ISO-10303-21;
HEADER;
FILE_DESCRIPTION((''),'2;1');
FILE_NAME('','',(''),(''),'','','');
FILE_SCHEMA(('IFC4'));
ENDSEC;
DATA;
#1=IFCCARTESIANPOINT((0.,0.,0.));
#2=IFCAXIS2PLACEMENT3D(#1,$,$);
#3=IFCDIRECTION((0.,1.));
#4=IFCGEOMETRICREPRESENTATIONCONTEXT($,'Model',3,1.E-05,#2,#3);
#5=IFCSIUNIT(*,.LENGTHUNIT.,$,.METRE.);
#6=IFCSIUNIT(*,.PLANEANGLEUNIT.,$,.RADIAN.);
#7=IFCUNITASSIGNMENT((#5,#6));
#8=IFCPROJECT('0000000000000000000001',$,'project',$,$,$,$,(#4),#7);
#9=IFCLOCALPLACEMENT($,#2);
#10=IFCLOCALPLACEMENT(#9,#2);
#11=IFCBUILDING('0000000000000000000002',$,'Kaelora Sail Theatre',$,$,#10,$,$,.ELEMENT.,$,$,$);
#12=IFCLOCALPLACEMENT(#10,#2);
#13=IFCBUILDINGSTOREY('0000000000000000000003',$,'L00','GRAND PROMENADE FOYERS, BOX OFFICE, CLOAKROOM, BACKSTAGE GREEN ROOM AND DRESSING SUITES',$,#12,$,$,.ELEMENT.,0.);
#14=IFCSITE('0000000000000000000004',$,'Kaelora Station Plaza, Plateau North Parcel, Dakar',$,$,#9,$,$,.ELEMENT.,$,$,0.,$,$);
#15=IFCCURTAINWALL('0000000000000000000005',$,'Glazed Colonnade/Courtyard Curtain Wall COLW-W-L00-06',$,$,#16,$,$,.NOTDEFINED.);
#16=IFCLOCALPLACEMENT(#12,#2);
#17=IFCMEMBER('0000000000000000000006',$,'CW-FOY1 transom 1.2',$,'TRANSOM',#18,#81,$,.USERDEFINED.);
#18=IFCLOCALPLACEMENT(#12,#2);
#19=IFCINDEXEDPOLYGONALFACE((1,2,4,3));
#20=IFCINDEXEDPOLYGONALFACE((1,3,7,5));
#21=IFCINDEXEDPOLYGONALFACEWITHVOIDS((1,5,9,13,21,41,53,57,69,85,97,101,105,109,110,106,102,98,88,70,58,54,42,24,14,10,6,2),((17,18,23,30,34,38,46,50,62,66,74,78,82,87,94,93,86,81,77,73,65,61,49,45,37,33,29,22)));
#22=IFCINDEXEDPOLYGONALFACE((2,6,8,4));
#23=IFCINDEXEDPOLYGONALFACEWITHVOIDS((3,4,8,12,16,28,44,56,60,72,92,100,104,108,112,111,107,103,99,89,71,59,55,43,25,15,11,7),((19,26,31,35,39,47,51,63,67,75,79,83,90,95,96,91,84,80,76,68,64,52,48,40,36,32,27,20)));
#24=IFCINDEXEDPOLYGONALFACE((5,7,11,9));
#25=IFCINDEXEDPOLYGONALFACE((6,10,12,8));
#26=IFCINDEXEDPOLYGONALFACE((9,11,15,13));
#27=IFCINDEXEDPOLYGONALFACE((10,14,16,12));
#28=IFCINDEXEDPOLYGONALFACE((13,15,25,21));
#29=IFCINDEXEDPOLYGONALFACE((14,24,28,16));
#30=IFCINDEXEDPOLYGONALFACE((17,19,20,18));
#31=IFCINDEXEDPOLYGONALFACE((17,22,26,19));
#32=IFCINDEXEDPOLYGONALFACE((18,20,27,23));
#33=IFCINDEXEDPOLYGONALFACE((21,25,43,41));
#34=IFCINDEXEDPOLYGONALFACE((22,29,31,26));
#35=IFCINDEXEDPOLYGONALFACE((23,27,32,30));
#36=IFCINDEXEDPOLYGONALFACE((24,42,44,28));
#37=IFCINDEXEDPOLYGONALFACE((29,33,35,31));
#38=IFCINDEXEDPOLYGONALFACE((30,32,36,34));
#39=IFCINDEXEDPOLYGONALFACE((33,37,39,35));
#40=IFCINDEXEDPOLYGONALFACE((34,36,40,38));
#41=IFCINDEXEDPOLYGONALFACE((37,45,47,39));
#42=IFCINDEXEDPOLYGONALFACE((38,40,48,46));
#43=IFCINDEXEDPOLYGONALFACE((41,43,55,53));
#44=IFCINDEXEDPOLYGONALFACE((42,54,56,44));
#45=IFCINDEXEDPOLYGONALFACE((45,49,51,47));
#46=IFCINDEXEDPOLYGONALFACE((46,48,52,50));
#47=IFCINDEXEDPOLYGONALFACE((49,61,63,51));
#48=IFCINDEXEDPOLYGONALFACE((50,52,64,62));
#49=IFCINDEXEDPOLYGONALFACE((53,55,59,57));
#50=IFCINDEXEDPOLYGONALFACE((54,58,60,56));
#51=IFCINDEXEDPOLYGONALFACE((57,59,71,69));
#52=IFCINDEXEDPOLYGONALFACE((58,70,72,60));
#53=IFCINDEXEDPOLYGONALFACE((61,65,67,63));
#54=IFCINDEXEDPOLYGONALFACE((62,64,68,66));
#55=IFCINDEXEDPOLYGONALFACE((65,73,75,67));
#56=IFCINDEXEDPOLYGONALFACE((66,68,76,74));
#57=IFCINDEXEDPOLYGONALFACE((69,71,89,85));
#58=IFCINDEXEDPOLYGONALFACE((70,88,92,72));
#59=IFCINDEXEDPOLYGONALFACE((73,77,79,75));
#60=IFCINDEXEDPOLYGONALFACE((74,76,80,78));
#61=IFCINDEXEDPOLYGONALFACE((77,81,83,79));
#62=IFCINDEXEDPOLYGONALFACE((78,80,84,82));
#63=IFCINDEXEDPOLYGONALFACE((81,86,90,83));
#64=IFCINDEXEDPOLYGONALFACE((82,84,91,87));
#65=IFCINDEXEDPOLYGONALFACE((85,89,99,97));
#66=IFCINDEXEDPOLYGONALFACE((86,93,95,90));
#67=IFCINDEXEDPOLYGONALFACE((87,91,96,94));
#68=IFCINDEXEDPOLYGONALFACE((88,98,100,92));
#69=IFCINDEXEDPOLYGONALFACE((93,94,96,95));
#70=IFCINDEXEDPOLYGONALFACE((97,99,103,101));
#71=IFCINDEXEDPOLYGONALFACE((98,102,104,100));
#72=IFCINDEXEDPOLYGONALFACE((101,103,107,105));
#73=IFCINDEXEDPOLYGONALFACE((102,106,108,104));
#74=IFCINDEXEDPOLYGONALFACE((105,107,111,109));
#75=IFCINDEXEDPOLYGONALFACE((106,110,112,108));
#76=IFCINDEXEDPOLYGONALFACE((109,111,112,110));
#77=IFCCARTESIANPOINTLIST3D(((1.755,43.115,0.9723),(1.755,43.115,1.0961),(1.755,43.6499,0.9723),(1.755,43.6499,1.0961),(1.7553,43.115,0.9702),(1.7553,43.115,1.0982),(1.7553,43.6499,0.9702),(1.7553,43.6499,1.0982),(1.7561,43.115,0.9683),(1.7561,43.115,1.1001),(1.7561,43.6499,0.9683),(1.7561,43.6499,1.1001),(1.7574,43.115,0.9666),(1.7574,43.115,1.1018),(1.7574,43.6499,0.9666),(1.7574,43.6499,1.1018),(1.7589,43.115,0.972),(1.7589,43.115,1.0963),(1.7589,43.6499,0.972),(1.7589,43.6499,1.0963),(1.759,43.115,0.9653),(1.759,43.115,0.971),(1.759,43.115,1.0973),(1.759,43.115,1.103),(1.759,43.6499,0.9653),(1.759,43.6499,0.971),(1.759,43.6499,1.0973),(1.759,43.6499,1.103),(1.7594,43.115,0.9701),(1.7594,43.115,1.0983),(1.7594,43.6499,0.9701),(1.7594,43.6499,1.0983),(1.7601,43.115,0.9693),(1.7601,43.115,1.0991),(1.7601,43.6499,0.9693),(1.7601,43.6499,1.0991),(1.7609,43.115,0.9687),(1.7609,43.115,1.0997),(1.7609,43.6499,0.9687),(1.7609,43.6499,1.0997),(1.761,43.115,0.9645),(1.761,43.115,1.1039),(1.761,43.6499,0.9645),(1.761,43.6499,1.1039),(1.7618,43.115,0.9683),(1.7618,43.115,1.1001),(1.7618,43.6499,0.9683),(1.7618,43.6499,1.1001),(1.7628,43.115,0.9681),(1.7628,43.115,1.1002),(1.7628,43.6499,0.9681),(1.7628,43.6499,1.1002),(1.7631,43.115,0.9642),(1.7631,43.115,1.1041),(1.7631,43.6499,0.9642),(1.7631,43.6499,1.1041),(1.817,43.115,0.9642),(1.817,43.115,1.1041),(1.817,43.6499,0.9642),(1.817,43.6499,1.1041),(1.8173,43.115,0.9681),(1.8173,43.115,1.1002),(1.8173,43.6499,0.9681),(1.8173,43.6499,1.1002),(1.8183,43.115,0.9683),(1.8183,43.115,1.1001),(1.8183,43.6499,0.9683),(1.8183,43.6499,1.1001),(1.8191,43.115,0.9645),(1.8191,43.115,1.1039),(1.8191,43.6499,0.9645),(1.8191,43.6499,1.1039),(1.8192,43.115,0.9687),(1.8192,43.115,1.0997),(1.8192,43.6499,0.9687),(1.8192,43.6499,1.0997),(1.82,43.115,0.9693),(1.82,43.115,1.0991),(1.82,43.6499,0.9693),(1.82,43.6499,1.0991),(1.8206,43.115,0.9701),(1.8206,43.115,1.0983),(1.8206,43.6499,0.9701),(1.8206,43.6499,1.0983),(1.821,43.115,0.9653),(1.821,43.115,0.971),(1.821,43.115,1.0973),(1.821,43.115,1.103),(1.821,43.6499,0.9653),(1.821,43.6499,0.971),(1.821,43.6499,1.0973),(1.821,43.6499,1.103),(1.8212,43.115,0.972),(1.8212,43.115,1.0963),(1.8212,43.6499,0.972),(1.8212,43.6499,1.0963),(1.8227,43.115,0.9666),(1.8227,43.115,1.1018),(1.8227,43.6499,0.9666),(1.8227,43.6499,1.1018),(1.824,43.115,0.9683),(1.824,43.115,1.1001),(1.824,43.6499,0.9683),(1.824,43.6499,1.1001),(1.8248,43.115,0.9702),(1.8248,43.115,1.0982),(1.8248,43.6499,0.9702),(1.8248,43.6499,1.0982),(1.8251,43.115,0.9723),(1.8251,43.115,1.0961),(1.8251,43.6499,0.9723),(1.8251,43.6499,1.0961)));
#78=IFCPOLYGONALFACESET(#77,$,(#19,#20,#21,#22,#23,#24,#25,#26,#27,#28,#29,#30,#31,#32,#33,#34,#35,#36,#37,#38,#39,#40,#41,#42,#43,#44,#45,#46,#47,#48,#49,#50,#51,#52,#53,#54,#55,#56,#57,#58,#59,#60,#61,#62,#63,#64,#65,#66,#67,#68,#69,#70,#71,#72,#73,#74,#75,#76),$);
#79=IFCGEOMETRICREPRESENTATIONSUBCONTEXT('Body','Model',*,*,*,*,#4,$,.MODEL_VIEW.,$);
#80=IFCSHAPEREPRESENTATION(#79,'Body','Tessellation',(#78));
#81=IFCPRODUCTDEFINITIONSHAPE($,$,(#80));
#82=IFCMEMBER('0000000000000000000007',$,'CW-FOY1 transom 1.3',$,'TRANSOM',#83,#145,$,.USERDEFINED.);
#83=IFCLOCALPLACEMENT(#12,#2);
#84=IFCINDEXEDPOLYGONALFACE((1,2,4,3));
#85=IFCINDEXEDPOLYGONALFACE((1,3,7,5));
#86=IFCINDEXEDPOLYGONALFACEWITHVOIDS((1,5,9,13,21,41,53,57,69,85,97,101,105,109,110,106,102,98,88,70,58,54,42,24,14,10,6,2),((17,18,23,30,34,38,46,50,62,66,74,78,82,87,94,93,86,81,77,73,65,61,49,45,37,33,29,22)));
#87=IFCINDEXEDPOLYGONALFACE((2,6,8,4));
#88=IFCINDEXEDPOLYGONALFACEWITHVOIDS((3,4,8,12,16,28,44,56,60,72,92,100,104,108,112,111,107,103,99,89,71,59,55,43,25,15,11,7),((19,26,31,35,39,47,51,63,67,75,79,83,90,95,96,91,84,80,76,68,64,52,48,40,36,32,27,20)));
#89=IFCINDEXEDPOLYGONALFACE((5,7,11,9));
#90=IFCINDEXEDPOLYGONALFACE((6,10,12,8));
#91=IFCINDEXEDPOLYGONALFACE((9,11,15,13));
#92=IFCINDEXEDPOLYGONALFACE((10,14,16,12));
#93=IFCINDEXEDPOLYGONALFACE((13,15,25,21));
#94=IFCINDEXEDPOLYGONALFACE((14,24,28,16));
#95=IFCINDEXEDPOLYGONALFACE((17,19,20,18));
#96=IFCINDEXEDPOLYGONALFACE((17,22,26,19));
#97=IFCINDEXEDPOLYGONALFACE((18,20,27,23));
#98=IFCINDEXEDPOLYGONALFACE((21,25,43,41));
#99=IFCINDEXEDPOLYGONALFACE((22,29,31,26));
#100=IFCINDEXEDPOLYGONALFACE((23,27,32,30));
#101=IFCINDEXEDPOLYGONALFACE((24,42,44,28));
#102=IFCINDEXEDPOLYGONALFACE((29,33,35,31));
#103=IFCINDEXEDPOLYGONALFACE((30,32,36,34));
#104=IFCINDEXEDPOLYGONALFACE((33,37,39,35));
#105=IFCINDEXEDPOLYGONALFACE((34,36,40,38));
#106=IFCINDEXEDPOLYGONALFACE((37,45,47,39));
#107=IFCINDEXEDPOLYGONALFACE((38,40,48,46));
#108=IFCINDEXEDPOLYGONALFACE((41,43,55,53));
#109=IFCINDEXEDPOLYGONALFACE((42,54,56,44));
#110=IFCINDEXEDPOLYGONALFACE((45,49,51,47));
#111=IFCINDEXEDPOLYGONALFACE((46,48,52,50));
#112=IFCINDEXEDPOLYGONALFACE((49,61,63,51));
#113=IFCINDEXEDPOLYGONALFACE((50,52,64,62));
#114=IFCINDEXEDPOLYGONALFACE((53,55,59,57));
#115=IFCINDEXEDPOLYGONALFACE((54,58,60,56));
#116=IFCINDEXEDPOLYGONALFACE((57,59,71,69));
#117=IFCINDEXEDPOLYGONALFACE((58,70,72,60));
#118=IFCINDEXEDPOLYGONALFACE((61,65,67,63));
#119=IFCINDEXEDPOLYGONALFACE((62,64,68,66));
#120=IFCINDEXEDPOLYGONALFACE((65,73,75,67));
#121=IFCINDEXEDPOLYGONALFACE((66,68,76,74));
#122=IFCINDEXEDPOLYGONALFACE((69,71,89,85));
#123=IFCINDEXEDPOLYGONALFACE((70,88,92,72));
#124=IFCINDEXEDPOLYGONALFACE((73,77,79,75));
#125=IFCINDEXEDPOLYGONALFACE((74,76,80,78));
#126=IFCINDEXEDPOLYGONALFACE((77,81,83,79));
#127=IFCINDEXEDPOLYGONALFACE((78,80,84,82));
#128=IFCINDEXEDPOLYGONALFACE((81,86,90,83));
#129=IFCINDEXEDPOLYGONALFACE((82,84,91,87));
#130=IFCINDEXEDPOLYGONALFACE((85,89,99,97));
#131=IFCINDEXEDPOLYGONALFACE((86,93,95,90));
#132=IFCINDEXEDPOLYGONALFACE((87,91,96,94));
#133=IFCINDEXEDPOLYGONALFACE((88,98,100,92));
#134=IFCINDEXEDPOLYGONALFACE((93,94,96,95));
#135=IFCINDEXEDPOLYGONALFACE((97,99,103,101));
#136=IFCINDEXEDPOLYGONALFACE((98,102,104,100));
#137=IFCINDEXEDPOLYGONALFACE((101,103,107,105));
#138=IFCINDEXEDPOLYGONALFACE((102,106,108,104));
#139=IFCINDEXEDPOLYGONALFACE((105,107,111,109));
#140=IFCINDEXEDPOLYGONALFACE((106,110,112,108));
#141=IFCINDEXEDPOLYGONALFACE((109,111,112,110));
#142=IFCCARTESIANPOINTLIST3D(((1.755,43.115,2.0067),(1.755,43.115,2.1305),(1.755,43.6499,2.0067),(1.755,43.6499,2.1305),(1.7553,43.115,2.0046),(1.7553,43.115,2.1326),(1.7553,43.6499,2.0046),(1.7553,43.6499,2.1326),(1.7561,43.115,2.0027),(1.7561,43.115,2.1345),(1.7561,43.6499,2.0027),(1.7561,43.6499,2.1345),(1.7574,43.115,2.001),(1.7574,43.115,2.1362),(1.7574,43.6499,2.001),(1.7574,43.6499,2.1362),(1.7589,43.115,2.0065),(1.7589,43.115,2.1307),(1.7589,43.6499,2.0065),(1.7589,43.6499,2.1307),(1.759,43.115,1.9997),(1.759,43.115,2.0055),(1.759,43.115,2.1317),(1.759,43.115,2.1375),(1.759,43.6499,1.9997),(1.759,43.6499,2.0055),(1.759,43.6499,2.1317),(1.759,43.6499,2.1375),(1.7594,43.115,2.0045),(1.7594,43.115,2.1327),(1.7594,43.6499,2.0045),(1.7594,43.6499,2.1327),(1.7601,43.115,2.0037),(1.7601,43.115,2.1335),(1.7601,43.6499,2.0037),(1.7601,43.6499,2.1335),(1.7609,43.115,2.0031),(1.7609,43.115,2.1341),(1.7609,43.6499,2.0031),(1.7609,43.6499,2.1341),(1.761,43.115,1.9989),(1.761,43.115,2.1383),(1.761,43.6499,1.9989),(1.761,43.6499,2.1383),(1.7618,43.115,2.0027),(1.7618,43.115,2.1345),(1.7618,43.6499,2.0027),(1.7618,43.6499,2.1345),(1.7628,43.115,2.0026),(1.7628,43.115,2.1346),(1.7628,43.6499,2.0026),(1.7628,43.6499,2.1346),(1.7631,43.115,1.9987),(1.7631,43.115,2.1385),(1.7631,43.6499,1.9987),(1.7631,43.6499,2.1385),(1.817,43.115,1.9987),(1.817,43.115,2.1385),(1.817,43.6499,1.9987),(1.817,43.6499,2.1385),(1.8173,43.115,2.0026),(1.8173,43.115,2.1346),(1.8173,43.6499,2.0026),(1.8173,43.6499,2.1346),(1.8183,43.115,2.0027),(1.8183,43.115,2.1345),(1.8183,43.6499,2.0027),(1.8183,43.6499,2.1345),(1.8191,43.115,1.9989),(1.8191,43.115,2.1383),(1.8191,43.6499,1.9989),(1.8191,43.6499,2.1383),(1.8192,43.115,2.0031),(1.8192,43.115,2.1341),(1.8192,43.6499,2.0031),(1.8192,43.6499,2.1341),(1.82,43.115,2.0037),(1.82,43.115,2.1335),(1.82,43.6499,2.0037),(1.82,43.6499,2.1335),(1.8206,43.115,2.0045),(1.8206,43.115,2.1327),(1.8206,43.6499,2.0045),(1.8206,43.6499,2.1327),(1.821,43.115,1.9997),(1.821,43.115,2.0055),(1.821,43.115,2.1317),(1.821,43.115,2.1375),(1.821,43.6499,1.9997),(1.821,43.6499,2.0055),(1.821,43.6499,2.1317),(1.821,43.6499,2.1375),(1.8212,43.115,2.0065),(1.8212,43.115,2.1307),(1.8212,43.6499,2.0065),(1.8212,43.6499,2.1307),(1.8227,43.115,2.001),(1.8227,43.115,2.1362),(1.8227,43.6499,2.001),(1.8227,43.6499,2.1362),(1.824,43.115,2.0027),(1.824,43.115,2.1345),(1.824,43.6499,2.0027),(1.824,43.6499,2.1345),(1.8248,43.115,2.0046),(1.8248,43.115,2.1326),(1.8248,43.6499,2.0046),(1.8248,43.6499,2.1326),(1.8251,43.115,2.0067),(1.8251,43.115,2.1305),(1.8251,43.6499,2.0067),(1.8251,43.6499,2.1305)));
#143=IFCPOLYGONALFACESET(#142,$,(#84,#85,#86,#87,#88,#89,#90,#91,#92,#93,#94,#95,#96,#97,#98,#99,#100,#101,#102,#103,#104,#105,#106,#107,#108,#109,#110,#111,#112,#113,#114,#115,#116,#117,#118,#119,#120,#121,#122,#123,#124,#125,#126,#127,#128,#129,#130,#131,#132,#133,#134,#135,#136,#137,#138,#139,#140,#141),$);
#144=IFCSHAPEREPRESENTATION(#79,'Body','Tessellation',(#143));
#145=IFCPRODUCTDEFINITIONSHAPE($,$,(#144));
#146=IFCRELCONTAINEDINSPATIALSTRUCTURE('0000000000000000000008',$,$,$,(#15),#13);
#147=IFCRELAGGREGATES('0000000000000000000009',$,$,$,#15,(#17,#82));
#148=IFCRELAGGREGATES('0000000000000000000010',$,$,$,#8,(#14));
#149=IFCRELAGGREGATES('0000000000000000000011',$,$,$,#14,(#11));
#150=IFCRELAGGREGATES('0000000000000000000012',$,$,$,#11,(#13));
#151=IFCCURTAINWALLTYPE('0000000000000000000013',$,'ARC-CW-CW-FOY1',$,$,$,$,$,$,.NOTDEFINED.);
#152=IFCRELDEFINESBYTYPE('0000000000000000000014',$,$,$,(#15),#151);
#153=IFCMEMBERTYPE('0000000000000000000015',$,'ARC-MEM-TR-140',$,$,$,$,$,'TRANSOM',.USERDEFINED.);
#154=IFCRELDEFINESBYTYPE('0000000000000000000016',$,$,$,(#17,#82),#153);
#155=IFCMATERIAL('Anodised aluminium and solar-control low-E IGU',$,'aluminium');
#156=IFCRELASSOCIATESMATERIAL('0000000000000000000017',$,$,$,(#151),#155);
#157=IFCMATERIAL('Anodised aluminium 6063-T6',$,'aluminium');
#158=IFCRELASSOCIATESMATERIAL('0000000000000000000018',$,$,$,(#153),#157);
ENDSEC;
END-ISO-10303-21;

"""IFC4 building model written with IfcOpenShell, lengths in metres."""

from ifc_helpers import new_model, si_unit, direction, frame, origin, origin_2d, place, context, subcontext, project, spatial, hollow_rectangle, extrude, material, material_profile, profile_set, type_object, element, aggregate, save


model = new_model("IFC4")

# Units and contexts
model_context = context("Model", 3, precision=1e-05, world=origin(), true_north=direction((0.0, 1.0)))
body_context = subcontext(model_context, "Body", "Model", "MODEL_VIEW")
ifc_project = project(units=[si_unit("LENGTHUNIT", "METRE"), si_unit("PLANEANGLEUNIT", "RADIAN")], contexts=[model_context])

# Site, building, storey
site_placement = place(None, origin())
site = spatial("IfcSite", under=ifc_project, at=site_placement, Name="Kaelora Station Plaza, Plateau North Parcel, Dakar", CompositionType="ELEMENT", RefElevation=0.0)
building_placement = place(site_placement, origin())
building = spatial("IfcBuilding", under=site, at=building_placement, Name="Kaelora Sail Theatre", CompositionType="ELEMENT")
storey_placement = place(building_placement, origin())
storey = spatial("IfcBuildingStorey", under=building, at=storey_placement, Name="L00", Description="GRAND PROMENADE FOYERS, BOX OFFICE, CLOAKROOM, BACKSTAGE GREEN ROOM AND DRESSING SUITES", CompositionType="ELEMENT", Elevation=0.0)

# Shared definitions
ifc_material_1 = material(Name="Anodised aluminium and solar-control low-E IGU", Category="aluminium")
curtain_wall_type = type_object("IfcCurtainWallType", Name="ARC-CW-CW-FOY1", PredefinedType="NOTDEFINED", material=ifc_material_1)

# Curtain wall
curtain_wall_1_placement = place(storey_placement, origin())
curtain_wall_1 = element("IfcCurtainWall", 1, at=curtain_wall_1_placement, inside=storey, type_object=curtain_wall_type, Name="Glazed Colonnade/Courtyard Curtain Wall COLW-W-L00-06", PredefinedType="NOTDEFINED")

# Members
ifc_material_2 = material(Name="Anodised aluminium 6063-T6", Category="aluminium")
ifc_material_profile_1 = material_profile(ifc_material_2, hollow_rectangle(XDim=0.0701, YDim=0.1399, WallThickness=0.0039, InnerFilletRadius=0.0039, OuterFilletRadius=0.0081, at=origin_2d()), Name="ALU-TRAN 70x140x4")
ifc_profile_set_1 = profile_set([ifc_material_profile_1], Name="Anodised aluminium 6063-T6")
member_type_1 = type_object("IfcMemberType", Name="ARC-MEM-TR-140", ElementType="TRANSOM", PredefinedType="USERDEFINED", material=ifc_profile_set_1)
member_1_placement = place(storey_placement, frame((1.79, 43.115, 1.0342), z_axis=(0.0, 1.0, 0.0), x_axis=(-1.0, 0.0, 0.0)))
member_1 = element("IfcMember", 2, at=member_1_placement, type_object=member_type_1, Name="CW-FOY1 transom 1.2", ObjectType="TRANSOM", PredefinedType="USERDEFINED", context=body_context, shape_type="SweptSolid", body=[
    extrude(hollow_rectangle(XDim=0.0701, YDim=0.1399, WallThickness=0.0039, InnerFilletRadius=0.0039, OuterFilletRadius=0.0081, at=origin_2d()), origin(), (0.0, 0.0, 1.0), 0.5349),
])
member_2_placement = place(storey_placement, frame((1.79, 43.115, 2.0686), z_axis=(0.0, 1.0, 0.0), x_axis=(-1.0, 0.0, 0.0)))
member_2 = element("IfcMember", 3, at=member_2_placement, type_object=member_type_1, Name="CW-FOY1 transom 1.3", ObjectType="TRANSOM", PredefinedType="USERDEFINED", context=body_context, shape_type="SweptSolid", body=[
    extrude(hollow_rectangle(XDim=0.0701, YDim=0.1399, WallThickness=0.0039, InnerFilletRadius=0.0039, OuterFilletRadius=0.0081, at=origin_2d()), origin(), (0.0, 0.0, 1.0), 0.5349),
])

aggregate(curtain_wall_1, [member_1, member_2])

save(model, "model.ifc")
